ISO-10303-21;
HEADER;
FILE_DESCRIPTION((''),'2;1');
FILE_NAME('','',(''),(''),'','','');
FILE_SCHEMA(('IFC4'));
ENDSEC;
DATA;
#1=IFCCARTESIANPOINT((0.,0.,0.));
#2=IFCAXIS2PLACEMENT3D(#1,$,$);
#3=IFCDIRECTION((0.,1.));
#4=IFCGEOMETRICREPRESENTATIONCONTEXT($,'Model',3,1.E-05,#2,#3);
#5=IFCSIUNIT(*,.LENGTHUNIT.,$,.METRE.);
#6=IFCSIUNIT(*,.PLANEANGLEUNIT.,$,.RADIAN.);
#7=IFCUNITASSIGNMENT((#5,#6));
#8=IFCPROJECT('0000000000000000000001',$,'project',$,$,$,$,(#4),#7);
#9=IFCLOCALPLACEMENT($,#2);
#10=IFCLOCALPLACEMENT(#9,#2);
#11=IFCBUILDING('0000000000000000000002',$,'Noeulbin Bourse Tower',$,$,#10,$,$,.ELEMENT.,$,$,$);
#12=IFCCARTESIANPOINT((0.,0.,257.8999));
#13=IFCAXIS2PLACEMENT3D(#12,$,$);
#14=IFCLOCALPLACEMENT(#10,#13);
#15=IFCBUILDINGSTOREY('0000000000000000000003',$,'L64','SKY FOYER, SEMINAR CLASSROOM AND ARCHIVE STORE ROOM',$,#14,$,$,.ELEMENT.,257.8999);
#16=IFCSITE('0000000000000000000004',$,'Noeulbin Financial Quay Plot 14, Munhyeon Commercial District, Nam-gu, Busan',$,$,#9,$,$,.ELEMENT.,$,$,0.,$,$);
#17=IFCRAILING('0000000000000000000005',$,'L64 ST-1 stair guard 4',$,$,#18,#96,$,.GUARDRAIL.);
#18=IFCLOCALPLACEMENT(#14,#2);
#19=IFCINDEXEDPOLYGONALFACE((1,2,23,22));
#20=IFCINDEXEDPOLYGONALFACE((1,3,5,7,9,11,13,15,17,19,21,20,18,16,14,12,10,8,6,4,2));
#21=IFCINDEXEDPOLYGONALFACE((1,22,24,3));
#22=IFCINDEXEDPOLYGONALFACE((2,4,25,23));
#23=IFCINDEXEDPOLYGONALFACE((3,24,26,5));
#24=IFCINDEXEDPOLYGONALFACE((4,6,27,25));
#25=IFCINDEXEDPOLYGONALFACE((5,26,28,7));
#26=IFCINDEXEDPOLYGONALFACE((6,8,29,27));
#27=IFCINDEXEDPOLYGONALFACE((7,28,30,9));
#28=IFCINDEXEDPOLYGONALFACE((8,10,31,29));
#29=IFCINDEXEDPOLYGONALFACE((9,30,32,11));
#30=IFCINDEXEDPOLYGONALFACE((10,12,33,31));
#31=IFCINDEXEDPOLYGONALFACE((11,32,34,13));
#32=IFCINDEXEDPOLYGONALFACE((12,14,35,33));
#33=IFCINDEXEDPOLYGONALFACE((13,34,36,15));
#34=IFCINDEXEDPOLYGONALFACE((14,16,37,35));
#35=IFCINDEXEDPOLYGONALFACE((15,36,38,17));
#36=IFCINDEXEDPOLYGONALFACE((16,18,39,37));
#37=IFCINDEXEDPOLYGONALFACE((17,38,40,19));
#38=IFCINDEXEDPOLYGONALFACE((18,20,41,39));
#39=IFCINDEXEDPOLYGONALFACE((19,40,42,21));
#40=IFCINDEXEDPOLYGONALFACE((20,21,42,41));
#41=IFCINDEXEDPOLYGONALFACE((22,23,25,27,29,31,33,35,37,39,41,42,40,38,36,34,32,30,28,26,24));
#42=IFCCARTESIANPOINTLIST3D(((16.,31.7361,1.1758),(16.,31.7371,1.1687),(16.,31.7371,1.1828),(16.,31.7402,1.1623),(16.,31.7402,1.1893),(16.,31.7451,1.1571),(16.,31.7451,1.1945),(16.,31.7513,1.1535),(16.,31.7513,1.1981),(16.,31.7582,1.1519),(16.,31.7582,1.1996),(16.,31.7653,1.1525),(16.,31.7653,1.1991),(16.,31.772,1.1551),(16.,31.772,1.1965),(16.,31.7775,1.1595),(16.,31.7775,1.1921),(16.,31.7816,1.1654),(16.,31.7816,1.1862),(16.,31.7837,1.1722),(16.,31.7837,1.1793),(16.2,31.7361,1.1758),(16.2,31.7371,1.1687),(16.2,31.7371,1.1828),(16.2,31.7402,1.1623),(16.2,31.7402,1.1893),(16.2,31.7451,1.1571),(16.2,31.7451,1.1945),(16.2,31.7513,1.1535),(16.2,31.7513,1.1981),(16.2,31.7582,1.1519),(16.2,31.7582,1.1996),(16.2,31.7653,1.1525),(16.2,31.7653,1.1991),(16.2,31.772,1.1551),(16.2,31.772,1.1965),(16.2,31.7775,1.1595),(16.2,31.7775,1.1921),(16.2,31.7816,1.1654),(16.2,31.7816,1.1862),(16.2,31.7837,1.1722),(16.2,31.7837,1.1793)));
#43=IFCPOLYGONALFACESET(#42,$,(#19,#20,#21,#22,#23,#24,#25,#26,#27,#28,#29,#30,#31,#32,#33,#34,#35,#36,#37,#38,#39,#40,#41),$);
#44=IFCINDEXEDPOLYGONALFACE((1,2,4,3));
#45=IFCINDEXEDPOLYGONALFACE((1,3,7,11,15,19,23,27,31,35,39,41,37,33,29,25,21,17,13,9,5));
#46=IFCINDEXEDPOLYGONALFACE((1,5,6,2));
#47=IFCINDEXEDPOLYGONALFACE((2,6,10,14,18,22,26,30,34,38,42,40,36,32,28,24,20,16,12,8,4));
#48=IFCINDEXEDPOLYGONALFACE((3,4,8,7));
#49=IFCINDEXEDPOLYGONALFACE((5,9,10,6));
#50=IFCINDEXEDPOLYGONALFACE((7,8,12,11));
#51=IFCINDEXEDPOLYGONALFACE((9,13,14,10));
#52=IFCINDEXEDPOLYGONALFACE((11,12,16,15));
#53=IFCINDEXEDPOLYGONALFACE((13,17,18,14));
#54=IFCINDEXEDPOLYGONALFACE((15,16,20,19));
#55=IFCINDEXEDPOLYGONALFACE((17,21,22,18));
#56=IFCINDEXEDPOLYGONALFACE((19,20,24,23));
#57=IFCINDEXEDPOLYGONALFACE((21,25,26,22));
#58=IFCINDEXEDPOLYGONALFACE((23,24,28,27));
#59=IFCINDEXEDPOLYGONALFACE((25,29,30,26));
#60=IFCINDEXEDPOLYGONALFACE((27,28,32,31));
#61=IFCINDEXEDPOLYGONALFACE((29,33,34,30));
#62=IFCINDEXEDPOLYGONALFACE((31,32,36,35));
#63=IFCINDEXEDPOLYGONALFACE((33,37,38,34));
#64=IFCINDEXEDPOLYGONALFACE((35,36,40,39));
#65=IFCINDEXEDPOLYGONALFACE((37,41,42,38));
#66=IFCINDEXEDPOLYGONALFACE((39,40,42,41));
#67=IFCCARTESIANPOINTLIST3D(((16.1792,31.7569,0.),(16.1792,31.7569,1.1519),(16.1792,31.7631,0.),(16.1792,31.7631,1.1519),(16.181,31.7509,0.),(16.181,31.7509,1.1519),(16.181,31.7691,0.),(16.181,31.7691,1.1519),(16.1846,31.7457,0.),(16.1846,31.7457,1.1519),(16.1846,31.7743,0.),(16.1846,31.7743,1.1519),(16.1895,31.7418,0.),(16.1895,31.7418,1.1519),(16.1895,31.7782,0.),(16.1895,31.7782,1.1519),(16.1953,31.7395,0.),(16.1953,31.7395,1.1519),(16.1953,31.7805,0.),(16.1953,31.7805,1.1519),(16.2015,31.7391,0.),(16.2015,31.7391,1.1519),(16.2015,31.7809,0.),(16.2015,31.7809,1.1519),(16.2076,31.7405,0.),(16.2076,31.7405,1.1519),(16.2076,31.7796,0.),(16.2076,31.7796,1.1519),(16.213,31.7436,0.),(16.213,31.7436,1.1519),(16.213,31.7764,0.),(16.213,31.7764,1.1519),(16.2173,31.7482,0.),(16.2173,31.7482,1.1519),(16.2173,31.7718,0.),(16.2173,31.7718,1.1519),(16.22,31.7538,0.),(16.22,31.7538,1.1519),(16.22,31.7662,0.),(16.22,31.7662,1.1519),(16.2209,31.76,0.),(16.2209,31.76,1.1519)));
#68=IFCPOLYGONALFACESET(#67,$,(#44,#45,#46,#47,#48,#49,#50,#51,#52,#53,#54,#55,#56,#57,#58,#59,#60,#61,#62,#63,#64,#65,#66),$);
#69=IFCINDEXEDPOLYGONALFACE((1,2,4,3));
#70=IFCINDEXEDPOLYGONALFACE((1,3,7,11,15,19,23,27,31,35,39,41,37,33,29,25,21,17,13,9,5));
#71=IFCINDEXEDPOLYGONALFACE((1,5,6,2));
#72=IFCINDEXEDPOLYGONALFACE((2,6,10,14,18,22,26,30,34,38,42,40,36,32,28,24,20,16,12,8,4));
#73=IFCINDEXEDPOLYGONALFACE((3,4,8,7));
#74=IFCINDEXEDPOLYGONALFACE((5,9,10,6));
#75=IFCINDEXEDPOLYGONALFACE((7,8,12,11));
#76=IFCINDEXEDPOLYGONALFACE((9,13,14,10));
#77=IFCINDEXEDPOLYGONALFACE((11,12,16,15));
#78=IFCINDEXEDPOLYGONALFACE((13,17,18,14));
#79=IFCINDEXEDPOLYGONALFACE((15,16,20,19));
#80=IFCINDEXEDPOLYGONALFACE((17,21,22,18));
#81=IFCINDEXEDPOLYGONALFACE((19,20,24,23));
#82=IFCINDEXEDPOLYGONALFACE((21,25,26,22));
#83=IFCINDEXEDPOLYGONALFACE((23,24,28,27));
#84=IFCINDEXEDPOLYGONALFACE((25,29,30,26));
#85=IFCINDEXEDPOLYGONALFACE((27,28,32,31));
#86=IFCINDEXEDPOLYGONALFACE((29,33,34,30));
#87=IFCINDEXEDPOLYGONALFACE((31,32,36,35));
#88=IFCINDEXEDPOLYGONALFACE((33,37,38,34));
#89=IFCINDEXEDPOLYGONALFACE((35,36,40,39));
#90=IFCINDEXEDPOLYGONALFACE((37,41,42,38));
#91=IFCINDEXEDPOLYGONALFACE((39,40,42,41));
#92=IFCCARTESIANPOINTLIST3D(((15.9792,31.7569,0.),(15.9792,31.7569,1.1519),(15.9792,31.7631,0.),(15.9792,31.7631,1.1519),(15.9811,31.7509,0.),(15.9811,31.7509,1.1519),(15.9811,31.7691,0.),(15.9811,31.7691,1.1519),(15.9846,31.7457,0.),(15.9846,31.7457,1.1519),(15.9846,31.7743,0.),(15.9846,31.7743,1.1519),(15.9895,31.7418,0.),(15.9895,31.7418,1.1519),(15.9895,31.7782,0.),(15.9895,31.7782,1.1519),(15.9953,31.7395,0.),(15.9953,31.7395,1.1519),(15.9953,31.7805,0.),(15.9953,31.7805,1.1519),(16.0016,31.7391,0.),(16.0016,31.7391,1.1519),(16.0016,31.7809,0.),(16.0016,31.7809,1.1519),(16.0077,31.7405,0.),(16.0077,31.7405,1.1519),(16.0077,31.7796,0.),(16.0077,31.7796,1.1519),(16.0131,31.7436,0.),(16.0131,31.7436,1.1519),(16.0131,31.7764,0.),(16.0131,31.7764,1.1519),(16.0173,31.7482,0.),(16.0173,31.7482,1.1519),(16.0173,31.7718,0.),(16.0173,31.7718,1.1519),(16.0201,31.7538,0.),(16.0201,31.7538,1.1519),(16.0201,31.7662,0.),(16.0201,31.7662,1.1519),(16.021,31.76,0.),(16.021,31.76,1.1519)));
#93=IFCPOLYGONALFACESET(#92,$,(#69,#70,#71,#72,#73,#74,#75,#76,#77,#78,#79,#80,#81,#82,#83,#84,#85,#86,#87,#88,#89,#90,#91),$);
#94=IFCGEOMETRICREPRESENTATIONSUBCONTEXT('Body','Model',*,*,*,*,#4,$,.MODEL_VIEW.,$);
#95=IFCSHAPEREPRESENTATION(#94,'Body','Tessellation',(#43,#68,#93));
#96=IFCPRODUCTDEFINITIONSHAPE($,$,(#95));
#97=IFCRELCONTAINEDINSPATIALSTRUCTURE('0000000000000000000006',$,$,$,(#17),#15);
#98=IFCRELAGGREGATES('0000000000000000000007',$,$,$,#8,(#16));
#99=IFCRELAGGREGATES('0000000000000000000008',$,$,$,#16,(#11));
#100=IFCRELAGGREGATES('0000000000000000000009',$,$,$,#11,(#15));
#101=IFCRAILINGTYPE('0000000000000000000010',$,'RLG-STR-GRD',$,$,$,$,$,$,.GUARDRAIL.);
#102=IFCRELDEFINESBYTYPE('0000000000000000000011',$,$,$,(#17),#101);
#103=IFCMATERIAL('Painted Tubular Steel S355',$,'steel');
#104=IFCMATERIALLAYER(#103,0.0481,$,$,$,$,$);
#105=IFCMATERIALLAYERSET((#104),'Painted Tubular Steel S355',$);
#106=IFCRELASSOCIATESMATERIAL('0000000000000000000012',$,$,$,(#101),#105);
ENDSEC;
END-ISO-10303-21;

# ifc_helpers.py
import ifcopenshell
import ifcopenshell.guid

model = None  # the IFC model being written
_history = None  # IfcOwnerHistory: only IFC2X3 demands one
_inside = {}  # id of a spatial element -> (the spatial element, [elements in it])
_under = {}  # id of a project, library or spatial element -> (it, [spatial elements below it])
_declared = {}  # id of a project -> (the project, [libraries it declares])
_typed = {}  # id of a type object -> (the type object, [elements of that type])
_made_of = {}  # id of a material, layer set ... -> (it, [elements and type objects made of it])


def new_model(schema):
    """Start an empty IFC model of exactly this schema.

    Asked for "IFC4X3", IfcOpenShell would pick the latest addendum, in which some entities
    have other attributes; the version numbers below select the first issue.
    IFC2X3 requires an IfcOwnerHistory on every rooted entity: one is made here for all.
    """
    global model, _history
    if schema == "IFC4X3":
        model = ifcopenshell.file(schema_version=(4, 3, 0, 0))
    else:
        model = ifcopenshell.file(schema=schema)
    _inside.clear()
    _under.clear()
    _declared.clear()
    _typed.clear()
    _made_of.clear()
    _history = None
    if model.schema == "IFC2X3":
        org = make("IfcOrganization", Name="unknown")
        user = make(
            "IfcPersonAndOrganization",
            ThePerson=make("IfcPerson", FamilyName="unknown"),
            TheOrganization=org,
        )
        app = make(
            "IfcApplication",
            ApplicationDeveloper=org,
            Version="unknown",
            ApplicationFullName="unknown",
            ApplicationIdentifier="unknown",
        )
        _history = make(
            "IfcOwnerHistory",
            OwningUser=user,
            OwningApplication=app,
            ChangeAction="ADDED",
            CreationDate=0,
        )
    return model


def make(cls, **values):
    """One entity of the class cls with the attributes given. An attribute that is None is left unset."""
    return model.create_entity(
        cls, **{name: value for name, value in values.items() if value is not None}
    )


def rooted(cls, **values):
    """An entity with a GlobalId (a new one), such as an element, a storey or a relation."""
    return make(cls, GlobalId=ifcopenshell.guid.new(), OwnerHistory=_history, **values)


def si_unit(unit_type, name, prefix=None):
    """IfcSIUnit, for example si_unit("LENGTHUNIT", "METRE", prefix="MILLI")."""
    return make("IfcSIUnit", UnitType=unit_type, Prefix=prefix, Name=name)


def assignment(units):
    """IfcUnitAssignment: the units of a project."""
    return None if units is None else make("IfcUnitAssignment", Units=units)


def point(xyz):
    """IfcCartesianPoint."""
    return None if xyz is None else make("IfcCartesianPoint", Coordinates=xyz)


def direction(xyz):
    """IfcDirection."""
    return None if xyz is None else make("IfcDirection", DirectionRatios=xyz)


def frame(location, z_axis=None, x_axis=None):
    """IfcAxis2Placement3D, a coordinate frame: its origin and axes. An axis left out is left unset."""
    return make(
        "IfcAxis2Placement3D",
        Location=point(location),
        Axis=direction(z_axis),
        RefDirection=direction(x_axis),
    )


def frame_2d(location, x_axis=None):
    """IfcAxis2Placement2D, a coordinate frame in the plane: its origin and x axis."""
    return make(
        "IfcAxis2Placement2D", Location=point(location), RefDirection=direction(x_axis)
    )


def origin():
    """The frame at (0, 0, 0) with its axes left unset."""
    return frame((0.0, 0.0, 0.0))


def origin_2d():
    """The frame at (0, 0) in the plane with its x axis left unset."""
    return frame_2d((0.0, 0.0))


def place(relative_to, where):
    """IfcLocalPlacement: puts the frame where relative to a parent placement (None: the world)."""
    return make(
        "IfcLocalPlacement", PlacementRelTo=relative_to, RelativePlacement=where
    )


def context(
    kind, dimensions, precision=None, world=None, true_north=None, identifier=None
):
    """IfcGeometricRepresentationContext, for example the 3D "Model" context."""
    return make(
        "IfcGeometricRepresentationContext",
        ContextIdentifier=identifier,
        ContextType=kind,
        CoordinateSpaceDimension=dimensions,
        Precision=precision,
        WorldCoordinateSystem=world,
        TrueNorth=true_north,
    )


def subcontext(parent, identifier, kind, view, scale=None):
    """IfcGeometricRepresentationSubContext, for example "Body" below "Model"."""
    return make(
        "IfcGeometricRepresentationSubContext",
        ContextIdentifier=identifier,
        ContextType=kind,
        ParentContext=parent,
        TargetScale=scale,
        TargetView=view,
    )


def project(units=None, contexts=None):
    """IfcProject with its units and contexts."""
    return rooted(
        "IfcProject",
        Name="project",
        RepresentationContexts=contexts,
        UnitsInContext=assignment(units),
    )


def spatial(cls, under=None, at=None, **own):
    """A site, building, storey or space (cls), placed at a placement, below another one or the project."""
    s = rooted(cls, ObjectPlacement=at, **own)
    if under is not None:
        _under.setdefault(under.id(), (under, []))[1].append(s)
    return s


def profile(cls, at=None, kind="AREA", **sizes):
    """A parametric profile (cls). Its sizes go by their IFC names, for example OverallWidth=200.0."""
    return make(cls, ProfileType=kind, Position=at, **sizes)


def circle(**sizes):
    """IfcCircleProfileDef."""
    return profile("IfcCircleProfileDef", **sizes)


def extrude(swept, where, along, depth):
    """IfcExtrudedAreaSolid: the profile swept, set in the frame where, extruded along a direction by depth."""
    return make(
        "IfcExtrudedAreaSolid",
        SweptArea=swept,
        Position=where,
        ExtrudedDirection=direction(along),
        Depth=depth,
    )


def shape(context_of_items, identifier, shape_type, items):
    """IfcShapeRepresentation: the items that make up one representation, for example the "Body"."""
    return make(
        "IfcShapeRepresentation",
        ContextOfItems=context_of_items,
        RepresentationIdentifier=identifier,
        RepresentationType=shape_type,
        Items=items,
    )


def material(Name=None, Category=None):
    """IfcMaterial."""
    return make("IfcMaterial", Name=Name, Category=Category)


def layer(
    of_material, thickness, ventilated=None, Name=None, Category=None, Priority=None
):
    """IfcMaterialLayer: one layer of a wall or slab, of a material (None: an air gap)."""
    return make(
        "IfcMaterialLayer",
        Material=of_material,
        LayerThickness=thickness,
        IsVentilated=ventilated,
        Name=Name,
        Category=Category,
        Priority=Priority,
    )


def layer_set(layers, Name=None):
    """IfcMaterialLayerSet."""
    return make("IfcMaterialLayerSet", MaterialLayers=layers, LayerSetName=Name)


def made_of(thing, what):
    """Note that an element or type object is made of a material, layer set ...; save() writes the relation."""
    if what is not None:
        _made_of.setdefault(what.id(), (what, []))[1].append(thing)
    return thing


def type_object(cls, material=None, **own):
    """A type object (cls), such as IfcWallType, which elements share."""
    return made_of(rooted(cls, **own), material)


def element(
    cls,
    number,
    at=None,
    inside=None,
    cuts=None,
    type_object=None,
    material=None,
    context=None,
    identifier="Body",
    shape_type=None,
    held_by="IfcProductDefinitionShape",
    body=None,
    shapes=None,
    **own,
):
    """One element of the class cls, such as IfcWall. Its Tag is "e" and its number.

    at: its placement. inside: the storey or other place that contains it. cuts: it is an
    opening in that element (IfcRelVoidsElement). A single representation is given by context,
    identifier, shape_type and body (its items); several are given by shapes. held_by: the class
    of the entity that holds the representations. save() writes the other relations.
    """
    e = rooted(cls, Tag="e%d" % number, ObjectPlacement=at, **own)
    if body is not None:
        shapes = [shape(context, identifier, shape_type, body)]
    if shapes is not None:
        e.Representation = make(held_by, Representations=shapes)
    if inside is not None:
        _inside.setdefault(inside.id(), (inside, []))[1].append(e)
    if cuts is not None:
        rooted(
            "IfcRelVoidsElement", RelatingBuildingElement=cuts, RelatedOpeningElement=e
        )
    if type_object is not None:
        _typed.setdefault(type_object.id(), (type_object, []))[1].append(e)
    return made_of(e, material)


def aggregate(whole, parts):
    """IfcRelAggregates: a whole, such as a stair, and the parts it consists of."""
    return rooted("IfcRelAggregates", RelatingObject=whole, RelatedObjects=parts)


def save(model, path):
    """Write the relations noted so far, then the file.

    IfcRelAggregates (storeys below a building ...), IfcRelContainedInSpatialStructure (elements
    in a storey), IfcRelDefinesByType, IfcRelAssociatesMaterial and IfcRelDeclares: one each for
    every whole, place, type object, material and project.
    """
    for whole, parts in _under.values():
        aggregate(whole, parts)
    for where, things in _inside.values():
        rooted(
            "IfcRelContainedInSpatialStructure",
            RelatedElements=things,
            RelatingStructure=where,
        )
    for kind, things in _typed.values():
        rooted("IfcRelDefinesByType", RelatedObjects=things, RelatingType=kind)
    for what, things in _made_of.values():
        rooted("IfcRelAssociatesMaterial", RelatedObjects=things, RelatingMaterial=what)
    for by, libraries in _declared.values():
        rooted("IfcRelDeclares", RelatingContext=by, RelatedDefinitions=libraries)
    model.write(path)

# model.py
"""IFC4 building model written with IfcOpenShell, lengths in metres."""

from ifc_helpers import new_model, si_unit, direction, frame, origin, origin_2d, place, context, subcontext, project, spatial, circle, extrude, material, layer, layer_set, type_object, element, save


model = new_model("IFC4")

# Units and contexts
model_context = context("Model", 3, precision=1e-05, world=origin(), true_north=direction((0.0, 1.0)))
body_context = subcontext(model_context, "Body", "Model", "MODEL_VIEW")
ifc_project = project(units=[si_unit("LENGTHUNIT", "METRE"), si_unit("PLANEANGLEUNIT", "RADIAN")], contexts=[model_context])

# Site, building, storey
site_placement = place(None, origin())
site = spatial("IfcSite", under=ifc_project, at=site_placement, Name="Noeulbin Financial Quay Plot 14, Munhyeon Commercial District, Nam-gu, Busan", CompositionType="ELEMENT", RefElevation=0.0)
building_placement = place(site_placement, origin())
building = spatial("IfcBuilding", under=site, at=building_placement, Name="Noeulbin Bourse Tower", CompositionType="ELEMENT")
storey_placement = place(building_placement, frame((0.0, 0.0, 257.8999)))
storey = spatial("IfcBuildingStorey", under=building, at=storey_placement, Name="L64", Description="SKY FOYER, SEMINAR CLASSROOM AND ARCHIVE STORE ROOM", CompositionType="ELEMENT", Elevation=257.8999)

# Railing
ifc_material_1 = material(Name="Painted Tubular Steel S355", Category="steel")
ifc_layer_1 = layer(ifc_material_1, 0.0481)
ifc_layer_set_1 = layer_set([ifc_layer_1], Name="Painted Tubular Steel S355")
railing_type_1 = type_object("IfcRailingType", Name="RLG-STR-GRD", PredefinedType="GUARDRAIL", material=ifc_layer_set_1)
railing_1_placement = place(storey_placement, frame((16.2, 31.76, 0.0)))
element("IfcRailing", 1, at=railing_1_placement, inside=storey, type_object=railing_type_1, Name="L64 ST-1 stair guard 4", PredefinedType="GUARDRAIL", context=body_context, shape_type="SweptSolid", body=[
    extrude(circle(Radius=0.0239, at=origin_2d()), frame((0.0, 0.0, 1.1758), z_axis=(-1.0, 0.0, 0.0), x_axis=(0.0, -1.0, 0.0)), (0.0, 0.0, 1.0), 0.2),
    extrude(circle(Radius=0.021, at=origin_2d()), origin(), (0.0, 0.0, 1.0), 1.1519),
    extrude(circle(Radius=0.021, at=origin_2d()), frame((-0.2, 0.0, 0.0)), (0.0, 0.0, 1.0), 1.1519),
])

save(model, "model.ifc")
